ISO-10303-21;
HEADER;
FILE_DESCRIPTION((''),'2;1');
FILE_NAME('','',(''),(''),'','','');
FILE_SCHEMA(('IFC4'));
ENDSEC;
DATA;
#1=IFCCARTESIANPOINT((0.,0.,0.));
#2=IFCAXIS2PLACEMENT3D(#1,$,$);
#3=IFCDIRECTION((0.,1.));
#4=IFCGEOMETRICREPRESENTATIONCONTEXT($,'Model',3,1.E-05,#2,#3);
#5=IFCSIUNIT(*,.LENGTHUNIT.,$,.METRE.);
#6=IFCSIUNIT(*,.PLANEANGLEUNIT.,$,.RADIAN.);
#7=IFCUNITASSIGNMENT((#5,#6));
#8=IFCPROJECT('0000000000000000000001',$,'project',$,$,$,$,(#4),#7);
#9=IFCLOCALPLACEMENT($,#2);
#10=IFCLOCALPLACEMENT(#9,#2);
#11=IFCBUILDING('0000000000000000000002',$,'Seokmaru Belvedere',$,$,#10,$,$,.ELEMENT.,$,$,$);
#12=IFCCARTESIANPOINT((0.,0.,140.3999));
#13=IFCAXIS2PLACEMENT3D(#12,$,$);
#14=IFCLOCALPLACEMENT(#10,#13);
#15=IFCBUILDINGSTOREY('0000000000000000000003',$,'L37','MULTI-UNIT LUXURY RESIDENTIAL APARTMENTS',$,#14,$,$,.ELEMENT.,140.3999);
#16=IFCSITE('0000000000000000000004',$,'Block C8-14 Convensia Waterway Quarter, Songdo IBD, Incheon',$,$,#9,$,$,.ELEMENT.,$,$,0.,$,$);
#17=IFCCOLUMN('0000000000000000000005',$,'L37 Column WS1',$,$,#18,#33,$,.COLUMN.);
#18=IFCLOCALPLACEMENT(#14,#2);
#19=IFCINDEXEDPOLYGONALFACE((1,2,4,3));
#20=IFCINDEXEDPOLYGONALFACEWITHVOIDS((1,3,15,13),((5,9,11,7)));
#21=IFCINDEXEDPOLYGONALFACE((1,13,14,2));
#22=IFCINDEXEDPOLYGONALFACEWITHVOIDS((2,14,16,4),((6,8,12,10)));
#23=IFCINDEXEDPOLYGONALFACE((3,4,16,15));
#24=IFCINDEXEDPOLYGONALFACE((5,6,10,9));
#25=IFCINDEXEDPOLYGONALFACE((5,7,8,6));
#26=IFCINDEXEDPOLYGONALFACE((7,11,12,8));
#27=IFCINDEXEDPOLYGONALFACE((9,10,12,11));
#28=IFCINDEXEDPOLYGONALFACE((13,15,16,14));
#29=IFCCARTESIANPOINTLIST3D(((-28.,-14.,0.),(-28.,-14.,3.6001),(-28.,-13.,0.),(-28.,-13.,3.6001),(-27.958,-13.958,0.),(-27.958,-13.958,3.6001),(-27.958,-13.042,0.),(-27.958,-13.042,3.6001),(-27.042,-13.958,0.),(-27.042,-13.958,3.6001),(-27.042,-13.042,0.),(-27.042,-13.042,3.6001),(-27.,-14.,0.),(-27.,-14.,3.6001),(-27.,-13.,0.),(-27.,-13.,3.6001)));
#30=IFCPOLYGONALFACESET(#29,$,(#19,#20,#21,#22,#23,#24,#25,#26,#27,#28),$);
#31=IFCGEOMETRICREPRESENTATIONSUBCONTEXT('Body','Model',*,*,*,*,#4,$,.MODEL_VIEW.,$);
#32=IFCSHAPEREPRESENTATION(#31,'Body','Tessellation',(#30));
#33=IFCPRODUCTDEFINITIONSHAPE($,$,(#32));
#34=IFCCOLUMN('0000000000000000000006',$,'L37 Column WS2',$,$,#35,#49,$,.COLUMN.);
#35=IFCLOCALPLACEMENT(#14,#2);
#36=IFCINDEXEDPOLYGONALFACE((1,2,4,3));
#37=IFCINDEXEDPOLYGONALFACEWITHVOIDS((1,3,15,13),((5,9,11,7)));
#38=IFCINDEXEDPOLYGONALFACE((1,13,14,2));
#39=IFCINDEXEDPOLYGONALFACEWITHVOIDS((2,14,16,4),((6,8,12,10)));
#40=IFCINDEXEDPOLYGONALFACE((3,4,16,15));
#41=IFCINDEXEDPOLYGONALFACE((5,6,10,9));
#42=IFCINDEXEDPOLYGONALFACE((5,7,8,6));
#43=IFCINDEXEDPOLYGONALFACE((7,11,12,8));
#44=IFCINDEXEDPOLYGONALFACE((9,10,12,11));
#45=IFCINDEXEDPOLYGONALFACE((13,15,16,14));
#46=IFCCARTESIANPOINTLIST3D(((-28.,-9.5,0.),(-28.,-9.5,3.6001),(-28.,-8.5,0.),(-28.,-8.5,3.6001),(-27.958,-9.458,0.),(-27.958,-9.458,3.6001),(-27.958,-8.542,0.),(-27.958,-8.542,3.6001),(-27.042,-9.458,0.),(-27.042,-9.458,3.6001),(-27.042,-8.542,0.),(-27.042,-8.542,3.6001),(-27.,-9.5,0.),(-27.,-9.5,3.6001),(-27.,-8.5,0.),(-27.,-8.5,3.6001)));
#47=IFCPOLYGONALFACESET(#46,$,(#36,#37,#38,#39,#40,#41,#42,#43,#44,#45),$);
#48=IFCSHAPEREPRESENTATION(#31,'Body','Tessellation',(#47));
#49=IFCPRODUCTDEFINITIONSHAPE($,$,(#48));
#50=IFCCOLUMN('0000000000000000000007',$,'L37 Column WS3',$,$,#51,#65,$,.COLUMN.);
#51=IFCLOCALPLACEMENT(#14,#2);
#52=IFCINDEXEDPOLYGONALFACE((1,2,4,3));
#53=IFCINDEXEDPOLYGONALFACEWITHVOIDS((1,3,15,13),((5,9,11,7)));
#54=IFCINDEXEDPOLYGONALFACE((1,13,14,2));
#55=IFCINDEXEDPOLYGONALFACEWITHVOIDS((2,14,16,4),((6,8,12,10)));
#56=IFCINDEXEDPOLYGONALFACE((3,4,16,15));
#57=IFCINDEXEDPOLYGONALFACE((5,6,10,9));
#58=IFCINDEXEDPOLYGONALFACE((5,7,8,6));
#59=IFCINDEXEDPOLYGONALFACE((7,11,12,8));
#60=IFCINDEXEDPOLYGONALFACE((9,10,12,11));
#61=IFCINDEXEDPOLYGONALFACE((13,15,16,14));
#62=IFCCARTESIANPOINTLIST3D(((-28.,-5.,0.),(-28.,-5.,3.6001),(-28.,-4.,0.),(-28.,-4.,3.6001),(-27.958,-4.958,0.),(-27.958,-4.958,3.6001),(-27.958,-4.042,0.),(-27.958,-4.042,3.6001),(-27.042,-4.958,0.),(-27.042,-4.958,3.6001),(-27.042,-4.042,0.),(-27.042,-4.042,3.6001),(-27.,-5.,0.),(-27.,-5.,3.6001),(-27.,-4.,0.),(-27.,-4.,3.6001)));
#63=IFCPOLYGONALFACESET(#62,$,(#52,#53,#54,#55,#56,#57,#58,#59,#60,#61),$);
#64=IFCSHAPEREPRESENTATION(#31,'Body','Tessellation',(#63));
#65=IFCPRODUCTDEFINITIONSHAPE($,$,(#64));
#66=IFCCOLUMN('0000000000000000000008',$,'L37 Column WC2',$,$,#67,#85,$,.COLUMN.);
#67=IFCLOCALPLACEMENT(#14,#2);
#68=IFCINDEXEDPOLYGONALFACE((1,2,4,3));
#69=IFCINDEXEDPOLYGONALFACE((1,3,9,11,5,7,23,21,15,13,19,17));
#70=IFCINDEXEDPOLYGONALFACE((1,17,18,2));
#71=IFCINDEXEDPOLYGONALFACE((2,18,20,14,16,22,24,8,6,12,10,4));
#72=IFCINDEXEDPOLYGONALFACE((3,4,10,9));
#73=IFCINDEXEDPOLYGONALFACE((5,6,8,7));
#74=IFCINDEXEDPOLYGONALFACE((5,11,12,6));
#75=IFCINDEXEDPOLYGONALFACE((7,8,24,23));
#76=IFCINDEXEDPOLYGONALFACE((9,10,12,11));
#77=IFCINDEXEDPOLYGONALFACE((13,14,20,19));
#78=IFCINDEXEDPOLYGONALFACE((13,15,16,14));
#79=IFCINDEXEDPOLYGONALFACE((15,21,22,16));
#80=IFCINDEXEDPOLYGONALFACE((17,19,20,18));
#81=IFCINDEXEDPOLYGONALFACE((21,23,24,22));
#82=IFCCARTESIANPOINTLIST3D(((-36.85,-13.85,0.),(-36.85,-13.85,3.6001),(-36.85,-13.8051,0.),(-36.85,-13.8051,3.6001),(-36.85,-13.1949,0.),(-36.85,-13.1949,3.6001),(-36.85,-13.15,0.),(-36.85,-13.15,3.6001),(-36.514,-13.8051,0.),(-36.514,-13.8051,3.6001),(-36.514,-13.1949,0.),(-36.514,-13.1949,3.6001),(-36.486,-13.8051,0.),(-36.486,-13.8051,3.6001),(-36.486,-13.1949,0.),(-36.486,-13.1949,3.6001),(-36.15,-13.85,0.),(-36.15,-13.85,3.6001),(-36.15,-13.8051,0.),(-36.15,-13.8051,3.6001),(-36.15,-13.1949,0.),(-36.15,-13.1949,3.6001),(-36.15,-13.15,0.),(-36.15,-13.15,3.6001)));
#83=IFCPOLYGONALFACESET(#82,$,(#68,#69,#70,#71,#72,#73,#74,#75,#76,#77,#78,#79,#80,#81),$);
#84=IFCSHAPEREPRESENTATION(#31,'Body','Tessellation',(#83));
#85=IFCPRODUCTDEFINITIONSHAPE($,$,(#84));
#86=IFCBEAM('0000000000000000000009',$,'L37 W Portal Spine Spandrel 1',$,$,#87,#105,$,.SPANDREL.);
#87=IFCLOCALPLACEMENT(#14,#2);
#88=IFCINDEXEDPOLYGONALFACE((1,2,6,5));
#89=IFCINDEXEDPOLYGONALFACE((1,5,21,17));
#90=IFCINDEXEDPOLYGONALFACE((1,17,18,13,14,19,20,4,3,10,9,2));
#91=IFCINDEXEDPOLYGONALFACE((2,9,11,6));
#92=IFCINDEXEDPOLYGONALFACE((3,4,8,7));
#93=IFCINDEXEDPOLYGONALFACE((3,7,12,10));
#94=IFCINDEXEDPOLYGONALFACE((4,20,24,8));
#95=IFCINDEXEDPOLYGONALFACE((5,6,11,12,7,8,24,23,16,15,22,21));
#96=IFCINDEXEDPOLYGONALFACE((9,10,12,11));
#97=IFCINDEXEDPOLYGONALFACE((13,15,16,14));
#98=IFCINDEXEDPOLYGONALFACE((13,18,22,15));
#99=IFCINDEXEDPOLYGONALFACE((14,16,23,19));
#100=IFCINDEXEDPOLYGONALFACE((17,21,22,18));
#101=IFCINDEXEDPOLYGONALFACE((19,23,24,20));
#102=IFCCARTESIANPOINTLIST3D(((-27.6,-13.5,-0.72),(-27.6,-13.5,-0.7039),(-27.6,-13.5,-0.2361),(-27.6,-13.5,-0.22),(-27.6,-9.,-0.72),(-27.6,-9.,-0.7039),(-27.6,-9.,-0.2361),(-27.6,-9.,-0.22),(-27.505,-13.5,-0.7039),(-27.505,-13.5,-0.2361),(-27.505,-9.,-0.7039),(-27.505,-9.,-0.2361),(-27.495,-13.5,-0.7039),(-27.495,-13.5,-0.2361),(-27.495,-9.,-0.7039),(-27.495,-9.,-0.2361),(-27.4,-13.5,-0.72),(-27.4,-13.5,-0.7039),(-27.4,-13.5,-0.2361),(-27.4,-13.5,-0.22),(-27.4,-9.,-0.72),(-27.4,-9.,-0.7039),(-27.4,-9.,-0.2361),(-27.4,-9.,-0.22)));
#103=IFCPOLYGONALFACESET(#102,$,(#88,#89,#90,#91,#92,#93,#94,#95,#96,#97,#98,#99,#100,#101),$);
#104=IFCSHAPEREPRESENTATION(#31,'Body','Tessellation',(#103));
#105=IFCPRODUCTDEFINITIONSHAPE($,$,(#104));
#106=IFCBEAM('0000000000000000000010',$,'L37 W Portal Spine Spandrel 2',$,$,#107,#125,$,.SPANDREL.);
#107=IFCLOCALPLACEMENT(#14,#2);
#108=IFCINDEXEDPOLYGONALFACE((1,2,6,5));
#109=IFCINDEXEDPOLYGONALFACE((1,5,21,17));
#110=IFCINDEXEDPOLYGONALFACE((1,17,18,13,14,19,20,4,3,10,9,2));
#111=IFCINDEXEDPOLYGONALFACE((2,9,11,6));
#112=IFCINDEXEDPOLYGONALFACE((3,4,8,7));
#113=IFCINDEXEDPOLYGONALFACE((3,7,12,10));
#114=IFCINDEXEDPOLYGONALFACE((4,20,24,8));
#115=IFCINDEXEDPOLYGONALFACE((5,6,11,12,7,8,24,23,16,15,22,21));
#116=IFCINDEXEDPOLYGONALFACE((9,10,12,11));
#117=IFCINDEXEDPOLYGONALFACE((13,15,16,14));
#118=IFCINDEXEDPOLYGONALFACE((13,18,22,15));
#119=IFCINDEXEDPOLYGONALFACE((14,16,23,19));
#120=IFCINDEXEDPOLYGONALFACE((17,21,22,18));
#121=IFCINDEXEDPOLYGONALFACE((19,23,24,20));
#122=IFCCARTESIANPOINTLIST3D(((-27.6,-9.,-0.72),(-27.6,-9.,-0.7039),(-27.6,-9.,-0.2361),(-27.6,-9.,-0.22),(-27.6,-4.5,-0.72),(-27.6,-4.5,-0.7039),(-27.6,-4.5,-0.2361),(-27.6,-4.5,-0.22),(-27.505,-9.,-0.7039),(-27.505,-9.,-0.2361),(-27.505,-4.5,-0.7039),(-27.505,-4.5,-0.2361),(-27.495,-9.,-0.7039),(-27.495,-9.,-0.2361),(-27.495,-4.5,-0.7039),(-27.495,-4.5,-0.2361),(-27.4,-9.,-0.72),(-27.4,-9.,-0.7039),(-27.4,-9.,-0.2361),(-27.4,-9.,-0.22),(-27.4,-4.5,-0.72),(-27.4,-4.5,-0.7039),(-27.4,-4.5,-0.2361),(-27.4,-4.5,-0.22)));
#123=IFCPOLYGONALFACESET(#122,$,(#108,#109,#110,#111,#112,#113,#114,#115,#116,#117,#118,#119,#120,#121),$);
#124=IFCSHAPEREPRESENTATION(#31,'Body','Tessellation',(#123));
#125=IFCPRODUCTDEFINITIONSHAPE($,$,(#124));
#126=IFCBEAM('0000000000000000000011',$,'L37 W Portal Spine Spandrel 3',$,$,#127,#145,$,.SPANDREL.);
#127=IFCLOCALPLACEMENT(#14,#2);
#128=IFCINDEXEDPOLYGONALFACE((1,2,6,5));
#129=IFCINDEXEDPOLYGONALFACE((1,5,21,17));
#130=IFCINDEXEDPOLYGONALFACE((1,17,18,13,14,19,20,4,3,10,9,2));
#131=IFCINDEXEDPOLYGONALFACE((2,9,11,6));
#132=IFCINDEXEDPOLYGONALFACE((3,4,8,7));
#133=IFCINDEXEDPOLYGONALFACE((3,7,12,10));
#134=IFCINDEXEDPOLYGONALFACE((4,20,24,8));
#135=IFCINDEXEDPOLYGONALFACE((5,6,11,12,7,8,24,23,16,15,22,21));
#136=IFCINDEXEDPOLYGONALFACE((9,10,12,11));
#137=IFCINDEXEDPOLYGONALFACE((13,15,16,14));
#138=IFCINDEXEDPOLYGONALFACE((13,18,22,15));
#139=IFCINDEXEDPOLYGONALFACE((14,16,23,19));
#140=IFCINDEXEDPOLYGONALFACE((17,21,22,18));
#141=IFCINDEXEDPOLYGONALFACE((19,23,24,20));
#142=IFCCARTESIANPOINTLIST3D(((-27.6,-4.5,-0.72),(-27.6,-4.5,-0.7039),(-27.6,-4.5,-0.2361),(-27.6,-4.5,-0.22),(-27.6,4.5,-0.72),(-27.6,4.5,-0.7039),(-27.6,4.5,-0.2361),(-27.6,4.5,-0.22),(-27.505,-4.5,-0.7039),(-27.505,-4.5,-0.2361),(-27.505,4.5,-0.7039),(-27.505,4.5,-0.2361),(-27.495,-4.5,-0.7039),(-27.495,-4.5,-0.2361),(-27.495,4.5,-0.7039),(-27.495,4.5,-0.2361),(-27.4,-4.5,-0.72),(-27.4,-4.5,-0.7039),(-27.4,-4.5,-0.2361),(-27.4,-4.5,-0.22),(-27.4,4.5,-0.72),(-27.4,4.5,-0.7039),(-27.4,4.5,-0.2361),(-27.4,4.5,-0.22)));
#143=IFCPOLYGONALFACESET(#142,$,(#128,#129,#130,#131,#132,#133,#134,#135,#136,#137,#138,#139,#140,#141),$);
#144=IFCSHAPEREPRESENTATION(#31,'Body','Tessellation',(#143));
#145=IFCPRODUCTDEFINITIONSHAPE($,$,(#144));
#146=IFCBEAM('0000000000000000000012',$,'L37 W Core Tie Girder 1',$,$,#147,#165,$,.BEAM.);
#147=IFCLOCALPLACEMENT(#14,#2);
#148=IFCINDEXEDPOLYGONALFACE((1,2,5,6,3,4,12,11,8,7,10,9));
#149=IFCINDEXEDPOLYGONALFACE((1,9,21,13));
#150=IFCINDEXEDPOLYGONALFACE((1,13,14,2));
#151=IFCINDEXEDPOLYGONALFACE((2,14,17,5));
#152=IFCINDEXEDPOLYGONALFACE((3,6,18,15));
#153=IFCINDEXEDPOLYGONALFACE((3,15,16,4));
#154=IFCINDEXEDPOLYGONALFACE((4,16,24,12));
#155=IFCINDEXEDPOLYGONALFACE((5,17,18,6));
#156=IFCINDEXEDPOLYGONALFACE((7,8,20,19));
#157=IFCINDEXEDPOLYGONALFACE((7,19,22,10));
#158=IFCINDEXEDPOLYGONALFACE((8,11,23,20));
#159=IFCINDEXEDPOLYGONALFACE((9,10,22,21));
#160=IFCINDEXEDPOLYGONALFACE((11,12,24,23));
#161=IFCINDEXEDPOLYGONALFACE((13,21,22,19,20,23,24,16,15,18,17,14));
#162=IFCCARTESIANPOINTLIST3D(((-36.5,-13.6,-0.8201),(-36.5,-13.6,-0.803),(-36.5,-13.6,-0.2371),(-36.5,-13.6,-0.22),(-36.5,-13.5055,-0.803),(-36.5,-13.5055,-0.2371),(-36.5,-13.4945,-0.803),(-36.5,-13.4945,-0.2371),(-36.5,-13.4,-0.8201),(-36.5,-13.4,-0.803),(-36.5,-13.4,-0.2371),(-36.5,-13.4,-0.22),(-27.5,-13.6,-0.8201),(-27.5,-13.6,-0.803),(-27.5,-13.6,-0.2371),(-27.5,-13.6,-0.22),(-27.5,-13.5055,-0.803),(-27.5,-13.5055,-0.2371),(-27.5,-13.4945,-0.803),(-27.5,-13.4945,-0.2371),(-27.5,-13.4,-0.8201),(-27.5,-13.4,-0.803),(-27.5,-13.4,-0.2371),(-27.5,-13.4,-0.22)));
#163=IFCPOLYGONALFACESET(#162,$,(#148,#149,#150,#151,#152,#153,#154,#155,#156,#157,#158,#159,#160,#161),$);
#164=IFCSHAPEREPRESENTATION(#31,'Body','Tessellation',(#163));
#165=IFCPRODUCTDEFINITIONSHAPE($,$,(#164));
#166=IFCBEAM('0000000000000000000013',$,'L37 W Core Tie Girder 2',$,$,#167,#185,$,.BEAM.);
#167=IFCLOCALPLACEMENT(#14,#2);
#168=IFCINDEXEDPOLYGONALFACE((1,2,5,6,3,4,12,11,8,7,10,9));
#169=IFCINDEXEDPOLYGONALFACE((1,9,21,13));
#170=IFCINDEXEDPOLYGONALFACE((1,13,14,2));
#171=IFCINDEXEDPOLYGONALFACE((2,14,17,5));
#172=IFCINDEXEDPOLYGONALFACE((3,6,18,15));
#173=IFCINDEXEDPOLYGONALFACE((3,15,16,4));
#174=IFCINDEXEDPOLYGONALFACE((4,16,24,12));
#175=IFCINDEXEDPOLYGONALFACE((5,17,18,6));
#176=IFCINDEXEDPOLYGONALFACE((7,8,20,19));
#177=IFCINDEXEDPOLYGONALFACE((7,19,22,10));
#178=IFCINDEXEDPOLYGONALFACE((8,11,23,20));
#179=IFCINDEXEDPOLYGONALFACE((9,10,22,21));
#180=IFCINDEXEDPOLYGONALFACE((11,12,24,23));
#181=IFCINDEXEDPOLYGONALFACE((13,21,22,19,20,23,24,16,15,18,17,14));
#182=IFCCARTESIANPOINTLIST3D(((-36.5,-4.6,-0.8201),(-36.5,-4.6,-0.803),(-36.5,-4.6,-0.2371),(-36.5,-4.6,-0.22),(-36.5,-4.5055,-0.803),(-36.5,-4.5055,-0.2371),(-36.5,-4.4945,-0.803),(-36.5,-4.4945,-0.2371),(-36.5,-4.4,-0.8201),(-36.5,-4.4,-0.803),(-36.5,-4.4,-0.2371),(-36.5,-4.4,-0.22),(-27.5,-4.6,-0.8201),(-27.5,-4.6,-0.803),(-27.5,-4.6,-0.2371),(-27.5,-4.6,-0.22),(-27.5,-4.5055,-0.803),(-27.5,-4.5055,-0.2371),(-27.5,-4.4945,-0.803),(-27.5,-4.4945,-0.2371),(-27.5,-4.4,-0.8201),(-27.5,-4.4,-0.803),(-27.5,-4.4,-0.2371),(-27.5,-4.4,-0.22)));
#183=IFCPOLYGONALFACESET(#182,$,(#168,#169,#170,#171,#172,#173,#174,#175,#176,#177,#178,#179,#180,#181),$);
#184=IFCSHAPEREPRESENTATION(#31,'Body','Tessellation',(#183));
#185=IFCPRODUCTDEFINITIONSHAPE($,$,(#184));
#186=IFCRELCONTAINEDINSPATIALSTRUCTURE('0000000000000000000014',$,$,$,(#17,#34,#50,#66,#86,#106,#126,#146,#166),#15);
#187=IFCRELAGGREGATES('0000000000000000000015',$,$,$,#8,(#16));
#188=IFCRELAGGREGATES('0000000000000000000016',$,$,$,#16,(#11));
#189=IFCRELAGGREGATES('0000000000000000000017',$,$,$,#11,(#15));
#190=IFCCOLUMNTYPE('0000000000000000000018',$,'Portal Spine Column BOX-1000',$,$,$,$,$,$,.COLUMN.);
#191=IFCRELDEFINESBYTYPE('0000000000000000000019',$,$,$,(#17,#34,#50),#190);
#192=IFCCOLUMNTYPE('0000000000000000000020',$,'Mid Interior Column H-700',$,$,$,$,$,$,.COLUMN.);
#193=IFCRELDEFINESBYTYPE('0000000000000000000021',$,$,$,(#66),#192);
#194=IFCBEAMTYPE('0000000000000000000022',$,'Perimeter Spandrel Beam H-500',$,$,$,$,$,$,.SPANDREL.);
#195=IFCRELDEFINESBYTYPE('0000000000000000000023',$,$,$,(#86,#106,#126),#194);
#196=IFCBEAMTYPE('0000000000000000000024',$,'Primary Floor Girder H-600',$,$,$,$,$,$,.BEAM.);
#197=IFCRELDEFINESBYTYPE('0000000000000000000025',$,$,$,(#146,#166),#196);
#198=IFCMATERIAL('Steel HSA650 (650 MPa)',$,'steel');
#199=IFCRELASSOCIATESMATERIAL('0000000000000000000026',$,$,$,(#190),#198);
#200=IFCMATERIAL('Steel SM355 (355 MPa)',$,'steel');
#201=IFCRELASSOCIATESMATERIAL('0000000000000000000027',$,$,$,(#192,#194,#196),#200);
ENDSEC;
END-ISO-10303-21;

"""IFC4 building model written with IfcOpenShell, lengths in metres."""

from ifc_helpers import new_model, si_unit, direction, frame, origin, origin_2d, place, context, subcontext, project, spatial, hollow_rectangle, i_section, extrude, source, transform, mapped, material, material_profile, profile_set, type_object, type_shapes, element, save


model = new_model("IFC4")

# Units and contexts
model_context = context("Model", 3, precision=1e-05, world=origin(), true_north=direction((0.0, 1.0)))
body_context = subcontext(model_context, "Body", "Model", "MODEL_VIEW")
ifc_project = project(units=[si_unit("LENGTHUNIT", "METRE"), si_unit("PLANEANGLEUNIT", "RADIAN")], contexts=[model_context])

# Site, building, storey
site_placement = place(None, origin())
site = spatial("IfcSite", under=ifc_project, at=site_placement, Name="Block C8-14 Convensia Waterway Quarter, Songdo IBD, Incheon", CompositionType="ELEMENT", RefElevation=0.0)
building_placement = place(site_placement, origin())
building = spatial("IfcBuilding", under=site, at=building_placement, Name="Seokmaru Belvedere", CompositionType="ELEMENT")
storey_placement = place(building_placement, frame((0.0, 0.0, 140.3999)))
storey = spatial("IfcBuildingStorey", under=building, at=storey_placement, Name="L37", Description="MULTI-UNIT LUXURY RESIDENTIAL APARTMENTS", CompositionType="ELEMENT", Elevation=140.3999)

# Columns
ifc_material_1 = material(Name="Steel HSA650 (650 MPa)", Category="steel")
ifc_material_profile_1 = material_profile(ifc_material_1, hollow_rectangle(XDim=1.0, YDim=1.0, WallThickness=0.042, at=origin_2d()), Name="BOX-1000x1000x42")
ifc_profile_set_1 = profile_set([ifc_material_profile_1], Name="Steel HSA650 (650 MPa)")
column_type_1 = type_object("IfcColumnType", Name="Portal Spine Column BOX-1000", PredefinedType="COLUMN", material=ifc_profile_set_1)
shared_shape_1 = source(origin(), body_context, "Body", "SweptSolid", [
    extrude(hollow_rectangle(XDim=1.0, YDim=1.0, WallThickness=0.042, at=origin_2d()), origin(), (0.0, 0.0, 1.0), 3.6001),
])
type_shapes(column_type_1, [shared_shape_1])
for number, where, z_axis, x_axis, name in (
    (1, (-27.5, -13.5, 0.0), (0.0, 0.0, 1.0), (1.0, 0.0, 0.0), "L37 Column WS1"),
    (2, (-27.5, -9.0, 0.0), (0.0, 0.0, 1.0), (1.0, 0.0, 0.0), "L37 Column WS2"),
    (3, (-27.5, -4.5, 0.0), (0.0, 0.0, 1.0), (1.0, 0.0, 0.0), "L37 Column WS3"),
):
    element("IfcColumn", number, at=place(storey_placement, frame(where, z_axis=z_axis, x_axis=x_axis)), inside=storey, type_object=column_type_1, Name=name, PredefinedType="COLUMN", context=body_context, shape_type="MappedRepresentation", body=[
        mapped(shared_shape_1, transform((0.0, 0.0, 0.0), scale=1.0)),
    ])
ifc_material_2 = material(Name="Steel SM355 (355 MPa)", Category="steel")
ifc_material_profile_2 = material_profile(ifc_material_2, i_section(OverallWidth=0.7, OverallDepth=0.7, WebThickness=0.0281, FlangeThickness=0.0449, at=origin_2d()), Name="H-700x700x28x45")
ifc_profile_set_2 = profile_set([ifc_material_profile_2], Name="Steel SM355 (355 MPa)")
column_type_2 = type_object("IfcColumnType", Name="Mid Interior Column H-700", PredefinedType="COLUMN", material=ifc_profile_set_2)
shared_shape_2 = source(origin(), body_context, "Body", "SweptSolid", [
    extrude(i_section(OverallWidth=0.7, OverallDepth=0.7, WebThickness=0.0281, FlangeThickness=0.0449, at=origin_2d()), origin(), (0.0, 0.0, 1.0), 3.6001),
])
type_shapes(column_type_2, [shared_shape_2])
column_placement = place(storey_placement, frame((-36.5, -13.5, 0.0), z_axis=(0.0, 0.0, 1.0), x_axis=(1.0, 0.0, 0.0)))
element("IfcColumn", 4, at=column_placement, inside=storey, type_object=column_type_2, Name="L37 Column WC2", PredefinedType="COLUMN", context=body_context, shape_type="MappedRepresentation", body=[
    mapped(shared_shape_2, transform((0.0, 0.0, 0.0), scale=1.0)),
])

# Beams
ifc_material_profile_3 = material_profile(ifc_material_2, i_section(OverallWidth=0.2, OverallDepth=0.5, WebThickness=0.01, FlangeThickness=0.0161, at=origin_2d()), Name="H-500x200x10x16")
ifc_profile_set_3 = profile_set([ifc_material_profile_3], Name="Steel SM355 (355 MPa)")
beam_type_1 = type_object("IfcBeamType", Name="Perimeter Spandrel Beam H-500", PredefinedType="SPANDREL", material=ifc_profile_set_3)
shared_shape_3 = source(origin(), body_context, "Body", "SweptSolid", [
    extrude(i_section(OverallWidth=0.2, OverallDepth=0.5, WebThickness=0.01, FlangeThickness=0.0161, at=origin_2d()), origin(), (0.0, 0.0, 1.0), 4.5),
])
for number, where, z_axis, x_axis, name in (
    (5, (-27.5, -13.5, -0.47), (0.0, 1.0, 0.0), (-1.0, 0.0, 0.0), "L37 W Portal Spine Spandrel 1"),
    (6, (-27.5, -9.0, -0.47), (0.0, 1.0, 0.0), (-1.0, 0.0, 0.0), "L37 W Portal Spine Spandrel 2"),
):
    element("IfcBeam", number, at=place(storey_placement, frame(where, z_axis=z_axis, x_axis=x_axis)), inside=storey, type_object=beam_type_1, Name=name, PredefinedType="SPANDREL", context=body_context, shape_type="MappedRepresentation", body=[
        mapped(shared_shape_3, transform((0.0, 0.0, 0.0), scale=1.0)),
    ])
shared_shape_4 = source(origin(), body_context, "Body", "SweptSolid", [
    extrude(i_section(OverallWidth=0.2, OverallDepth=0.5, WebThickness=0.01, FlangeThickness=0.0161, at=origin_2d()), origin(), (0.0, 0.0, 1.0), 9.0),
])
type_shapes(beam_type_1, [shared_shape_3, shared_shape_4])
beam_1_placement = place(storey_placement, frame((-27.5, -4.5, -0.47), z_axis=(0.0, 1.0, 0.0), x_axis=(-1.0, 0.0, 0.0)))
element("IfcBeam", 7, at=beam_1_placement, inside=storey, type_object=beam_type_1, Name="L37 W Portal Spine Spandrel 3", PredefinedType="SPANDREL", context=body_context, shape_type="MappedRepresentation", body=[
    mapped(shared_shape_4, transform((0.0, 0.0, 0.0), scale=1.0)),
])
ifc_material_profile_4 = material_profile(ifc_material_2, i_section(OverallWidth=0.2, OverallDepth=0.6001, WebThickness=0.011, FlangeThickness=0.0171, at=origin_2d()), Name="H-600x200x11x17")
ifc_profile_set_4 = profile_set([ifc_material_profile_4], Name="Steel SM355 (355 MPa)")
beam_type_2 = type_object("IfcBeamType", Name="Primary Floor Girder H-600", PredefinedType="BEAM", material=ifc_profile_set_4)
shared_shape_5 = source(origin(), body_context, "Body", "SweptSolid", [
    extrude(i_section(OverallWidth=0.2, OverallDepth=0.6001, WebThickness=0.011, FlangeThickness=0.0171, at=origin_2d()), origin(), (0.0, 0.0, 1.0), 9.0),
])
type_shapes(beam_type_2, [shared_shape_5])
for number, where, z_axis, x_axis, name in (
    (8, (-36.5, -13.5, -0.52), (1.0, 0.0, 0.0), (0.0, 1.0, 0.0), "L37 W Core Tie Girder 1"),
    (9, (-36.5, -4.5, -0.52), (1.0, 0.0, 0.0), (0.0, 1.0, 0.0), "L37 W Core Tie Girder 2"),
):
    element("IfcBeam", number, at=place(storey_placement, frame(where, z_axis=z_axis, x_axis=x_axis)), inside=storey, type_object=beam_type_2, Name=name, PredefinedType="BEAM", context=body_context, shape_type="MappedRepresentation", body=[
        mapped(shared_shape_5, transform((0.0, 0.0, 0.0), scale=1.0)),
    ])

save(model, "model.ifc")
